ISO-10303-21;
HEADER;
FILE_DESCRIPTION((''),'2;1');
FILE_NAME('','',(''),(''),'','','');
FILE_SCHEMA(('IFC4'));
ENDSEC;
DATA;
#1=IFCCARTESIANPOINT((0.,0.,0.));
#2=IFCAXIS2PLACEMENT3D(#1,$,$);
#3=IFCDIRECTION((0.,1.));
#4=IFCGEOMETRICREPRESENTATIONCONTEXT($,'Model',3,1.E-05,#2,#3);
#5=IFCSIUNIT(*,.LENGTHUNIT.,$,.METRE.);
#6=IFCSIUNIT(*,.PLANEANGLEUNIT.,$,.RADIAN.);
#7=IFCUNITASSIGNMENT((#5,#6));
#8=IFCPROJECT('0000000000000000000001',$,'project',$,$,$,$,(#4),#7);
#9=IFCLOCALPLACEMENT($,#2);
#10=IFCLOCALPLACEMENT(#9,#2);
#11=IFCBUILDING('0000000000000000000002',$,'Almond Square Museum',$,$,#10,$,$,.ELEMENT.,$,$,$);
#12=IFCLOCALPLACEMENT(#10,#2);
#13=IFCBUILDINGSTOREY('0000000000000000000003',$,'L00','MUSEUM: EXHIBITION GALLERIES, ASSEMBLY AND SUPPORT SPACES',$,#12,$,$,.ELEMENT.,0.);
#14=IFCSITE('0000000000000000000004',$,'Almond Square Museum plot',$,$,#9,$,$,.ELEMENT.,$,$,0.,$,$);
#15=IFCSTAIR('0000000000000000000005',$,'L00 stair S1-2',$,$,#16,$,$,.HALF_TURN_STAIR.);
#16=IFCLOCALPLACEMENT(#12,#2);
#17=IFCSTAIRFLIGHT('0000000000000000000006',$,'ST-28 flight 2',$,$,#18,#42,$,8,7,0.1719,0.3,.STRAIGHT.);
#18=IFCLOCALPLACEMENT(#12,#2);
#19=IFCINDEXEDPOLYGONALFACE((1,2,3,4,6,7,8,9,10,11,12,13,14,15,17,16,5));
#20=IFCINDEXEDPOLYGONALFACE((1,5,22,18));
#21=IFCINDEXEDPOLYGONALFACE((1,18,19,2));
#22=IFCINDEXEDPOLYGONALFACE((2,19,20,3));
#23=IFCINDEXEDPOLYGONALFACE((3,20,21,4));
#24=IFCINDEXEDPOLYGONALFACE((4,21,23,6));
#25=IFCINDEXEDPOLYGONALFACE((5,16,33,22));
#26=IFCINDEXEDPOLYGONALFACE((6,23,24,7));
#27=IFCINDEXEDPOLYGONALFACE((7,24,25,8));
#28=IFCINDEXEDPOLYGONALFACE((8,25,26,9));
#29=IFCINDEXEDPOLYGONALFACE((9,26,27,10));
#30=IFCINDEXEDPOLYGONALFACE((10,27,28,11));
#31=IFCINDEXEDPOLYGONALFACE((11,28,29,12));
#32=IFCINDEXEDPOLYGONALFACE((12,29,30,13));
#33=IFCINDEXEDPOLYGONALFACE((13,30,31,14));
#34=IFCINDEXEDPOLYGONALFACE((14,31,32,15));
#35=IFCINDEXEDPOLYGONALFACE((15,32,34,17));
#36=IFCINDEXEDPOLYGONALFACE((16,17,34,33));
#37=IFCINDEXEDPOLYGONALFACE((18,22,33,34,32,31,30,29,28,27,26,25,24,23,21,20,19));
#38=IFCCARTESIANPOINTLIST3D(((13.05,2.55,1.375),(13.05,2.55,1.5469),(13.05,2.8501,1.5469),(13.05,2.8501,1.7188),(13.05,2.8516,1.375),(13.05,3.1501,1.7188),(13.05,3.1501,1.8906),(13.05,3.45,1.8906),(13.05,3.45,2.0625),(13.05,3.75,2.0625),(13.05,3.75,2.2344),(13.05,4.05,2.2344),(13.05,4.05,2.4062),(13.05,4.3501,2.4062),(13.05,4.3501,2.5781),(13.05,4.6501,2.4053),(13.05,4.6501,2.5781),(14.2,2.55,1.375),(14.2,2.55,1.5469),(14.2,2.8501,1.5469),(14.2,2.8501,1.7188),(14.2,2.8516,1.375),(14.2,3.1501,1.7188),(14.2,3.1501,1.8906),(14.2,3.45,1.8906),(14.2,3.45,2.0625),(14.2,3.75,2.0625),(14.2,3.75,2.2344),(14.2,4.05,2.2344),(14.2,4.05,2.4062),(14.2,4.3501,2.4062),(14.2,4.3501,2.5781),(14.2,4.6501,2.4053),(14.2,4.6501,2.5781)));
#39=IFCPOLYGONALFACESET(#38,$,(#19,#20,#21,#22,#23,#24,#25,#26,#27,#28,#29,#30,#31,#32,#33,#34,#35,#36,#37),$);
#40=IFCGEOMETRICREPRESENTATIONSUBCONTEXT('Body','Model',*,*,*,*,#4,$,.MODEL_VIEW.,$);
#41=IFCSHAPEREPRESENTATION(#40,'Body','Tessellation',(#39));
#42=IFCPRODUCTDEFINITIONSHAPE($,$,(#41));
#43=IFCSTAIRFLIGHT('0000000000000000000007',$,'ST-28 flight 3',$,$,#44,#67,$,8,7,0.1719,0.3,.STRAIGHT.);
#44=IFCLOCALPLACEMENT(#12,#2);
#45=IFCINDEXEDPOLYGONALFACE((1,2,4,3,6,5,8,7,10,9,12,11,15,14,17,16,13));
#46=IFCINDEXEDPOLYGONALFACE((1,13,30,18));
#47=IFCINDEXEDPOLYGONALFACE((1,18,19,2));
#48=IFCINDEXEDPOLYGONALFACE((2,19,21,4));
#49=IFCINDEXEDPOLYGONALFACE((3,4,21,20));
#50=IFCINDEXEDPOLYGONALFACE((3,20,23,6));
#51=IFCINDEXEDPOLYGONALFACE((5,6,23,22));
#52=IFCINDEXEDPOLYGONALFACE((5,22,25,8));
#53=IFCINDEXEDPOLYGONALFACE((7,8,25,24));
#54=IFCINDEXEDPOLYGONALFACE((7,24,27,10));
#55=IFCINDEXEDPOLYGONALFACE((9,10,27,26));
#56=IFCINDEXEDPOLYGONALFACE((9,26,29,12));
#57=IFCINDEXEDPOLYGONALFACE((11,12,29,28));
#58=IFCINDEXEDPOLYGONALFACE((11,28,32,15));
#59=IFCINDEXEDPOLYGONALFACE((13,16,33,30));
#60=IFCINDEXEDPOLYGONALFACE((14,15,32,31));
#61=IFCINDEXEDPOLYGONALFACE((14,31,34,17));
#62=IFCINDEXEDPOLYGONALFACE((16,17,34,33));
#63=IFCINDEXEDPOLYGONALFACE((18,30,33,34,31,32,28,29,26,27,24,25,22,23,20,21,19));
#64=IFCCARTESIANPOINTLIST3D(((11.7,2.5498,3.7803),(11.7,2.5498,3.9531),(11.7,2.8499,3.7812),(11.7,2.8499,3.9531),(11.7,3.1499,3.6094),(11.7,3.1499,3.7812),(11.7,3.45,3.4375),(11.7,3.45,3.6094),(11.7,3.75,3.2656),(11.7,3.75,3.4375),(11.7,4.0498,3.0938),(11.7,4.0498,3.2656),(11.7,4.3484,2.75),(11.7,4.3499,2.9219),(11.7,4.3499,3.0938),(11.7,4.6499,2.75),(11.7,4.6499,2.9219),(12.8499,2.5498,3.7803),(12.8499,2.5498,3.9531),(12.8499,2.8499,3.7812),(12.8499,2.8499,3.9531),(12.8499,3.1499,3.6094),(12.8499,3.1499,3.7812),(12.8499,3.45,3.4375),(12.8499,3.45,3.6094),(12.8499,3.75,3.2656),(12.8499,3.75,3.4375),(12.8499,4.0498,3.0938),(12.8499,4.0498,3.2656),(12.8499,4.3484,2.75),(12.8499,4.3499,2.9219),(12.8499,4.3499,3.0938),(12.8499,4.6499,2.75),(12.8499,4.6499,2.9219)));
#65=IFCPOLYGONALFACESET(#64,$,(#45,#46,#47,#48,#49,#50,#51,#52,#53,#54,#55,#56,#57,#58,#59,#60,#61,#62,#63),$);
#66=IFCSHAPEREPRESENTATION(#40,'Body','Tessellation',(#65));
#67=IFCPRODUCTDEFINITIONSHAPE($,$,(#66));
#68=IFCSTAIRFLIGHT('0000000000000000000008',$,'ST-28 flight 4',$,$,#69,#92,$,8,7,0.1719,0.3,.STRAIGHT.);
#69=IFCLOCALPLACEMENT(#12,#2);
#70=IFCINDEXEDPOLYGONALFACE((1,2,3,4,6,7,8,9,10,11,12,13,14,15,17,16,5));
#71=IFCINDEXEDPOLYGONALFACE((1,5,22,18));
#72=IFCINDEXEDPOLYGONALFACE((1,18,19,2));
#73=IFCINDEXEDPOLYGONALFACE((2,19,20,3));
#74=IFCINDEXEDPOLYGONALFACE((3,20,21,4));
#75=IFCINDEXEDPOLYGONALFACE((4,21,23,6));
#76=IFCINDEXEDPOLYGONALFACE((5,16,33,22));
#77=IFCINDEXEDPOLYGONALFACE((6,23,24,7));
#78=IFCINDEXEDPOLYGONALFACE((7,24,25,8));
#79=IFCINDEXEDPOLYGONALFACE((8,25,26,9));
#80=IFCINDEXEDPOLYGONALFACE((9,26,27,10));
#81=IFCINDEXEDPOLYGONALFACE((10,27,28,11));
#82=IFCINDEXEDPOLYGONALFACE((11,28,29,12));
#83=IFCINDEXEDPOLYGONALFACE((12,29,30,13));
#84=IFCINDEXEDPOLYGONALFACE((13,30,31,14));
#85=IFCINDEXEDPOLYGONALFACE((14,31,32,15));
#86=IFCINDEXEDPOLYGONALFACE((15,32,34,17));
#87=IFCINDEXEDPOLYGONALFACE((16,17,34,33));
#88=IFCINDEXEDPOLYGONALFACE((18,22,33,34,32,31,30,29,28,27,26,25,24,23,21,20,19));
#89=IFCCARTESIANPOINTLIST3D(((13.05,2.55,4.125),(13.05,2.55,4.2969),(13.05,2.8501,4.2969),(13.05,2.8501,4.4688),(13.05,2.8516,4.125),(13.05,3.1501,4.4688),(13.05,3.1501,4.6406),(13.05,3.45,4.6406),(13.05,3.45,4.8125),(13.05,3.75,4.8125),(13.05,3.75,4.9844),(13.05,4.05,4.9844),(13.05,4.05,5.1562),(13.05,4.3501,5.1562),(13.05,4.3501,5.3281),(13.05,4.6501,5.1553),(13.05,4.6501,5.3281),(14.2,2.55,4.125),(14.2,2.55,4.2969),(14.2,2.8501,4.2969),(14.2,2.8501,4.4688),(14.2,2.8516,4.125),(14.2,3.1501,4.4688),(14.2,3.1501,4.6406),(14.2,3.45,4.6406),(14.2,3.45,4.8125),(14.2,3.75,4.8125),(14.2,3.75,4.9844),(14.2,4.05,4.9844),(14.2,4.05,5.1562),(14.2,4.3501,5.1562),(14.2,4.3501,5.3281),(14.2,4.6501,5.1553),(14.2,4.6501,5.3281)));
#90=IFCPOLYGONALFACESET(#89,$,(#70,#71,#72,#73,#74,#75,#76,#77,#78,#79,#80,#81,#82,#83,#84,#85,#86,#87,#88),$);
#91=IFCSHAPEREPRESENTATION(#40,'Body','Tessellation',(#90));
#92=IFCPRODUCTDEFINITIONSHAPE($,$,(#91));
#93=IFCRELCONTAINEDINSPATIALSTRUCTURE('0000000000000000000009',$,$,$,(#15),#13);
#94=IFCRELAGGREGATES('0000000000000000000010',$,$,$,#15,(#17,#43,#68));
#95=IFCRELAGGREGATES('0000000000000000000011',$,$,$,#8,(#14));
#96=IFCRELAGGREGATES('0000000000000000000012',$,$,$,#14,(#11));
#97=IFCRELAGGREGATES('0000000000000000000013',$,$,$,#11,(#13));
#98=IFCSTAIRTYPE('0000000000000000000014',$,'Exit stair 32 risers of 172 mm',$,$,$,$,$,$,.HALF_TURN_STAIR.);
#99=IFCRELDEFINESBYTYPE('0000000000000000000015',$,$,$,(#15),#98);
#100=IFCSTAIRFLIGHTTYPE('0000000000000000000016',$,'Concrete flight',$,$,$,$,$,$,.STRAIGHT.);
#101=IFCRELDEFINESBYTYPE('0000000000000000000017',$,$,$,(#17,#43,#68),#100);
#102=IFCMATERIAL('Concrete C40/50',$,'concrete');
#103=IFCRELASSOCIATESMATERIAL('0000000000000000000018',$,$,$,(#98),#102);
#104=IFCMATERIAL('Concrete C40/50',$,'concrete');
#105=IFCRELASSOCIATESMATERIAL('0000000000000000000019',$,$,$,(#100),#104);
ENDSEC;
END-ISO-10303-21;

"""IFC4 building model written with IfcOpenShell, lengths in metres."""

from ifc_helpers import new_model, si_unit, direction, frame, origin, place, context, subcontext, project, spatial, polyline, outline, extrude, material, type_object, element, aggregate, save


model = new_model("IFC4")

# Units and contexts
model_context = context("Model", 3, precision=1e-05, world=origin(), true_north=direction((0.0, 1.0)))
body_context = subcontext(model_context, "Body", "Model", "MODEL_VIEW")
ifc_project = project(units=[si_unit("LENGTHUNIT", "METRE"), si_unit("PLANEANGLEUNIT", "RADIAN")], contexts=[model_context])

# Site, building, storey
site_placement = place(None, origin())
site = spatial("IfcSite", under=ifc_project, at=site_placement, Name="Almond Square Museum plot", CompositionType="ELEMENT", RefElevation=0.0)
building_placement = place(site_placement, origin())
building = spatial("IfcBuilding", under=site, at=building_placement, Name="Almond Square Museum", CompositionType="ELEMENT")
storey_placement = place(building_placement, origin())
storey = spatial("IfcBuildingStorey", under=building, at=storey_placement, Name="L00", Description="MUSEUM: EXHIBITION GALLERIES, ASSEMBLY AND SUPPORT SPACES", CompositionType="ELEMENT", Elevation=0.0)

# Stair, stair flights
ifc_material_1 = material(Name="Concrete C40/50", Category="concrete")
stair_type = type_object("IfcStairType", Name="Exit stair 32 risers of 172 mm", PredefinedType="HALF_TURN_STAIR", material=ifc_material_1)
stair_placement = place(storey_placement, origin())
stair = element("IfcStair", 1, at=stair_placement, inside=storey, type_object=stair_type, Name="L00 stair S1-2", PredefinedType="HALF_TURN_STAIR")
ifc_material_2 = material(Name="Concrete C40/50", Category="concrete")
stair_flight_type = type_object("IfcStairFlightType", Name="Concrete flight", PredefinedType="STRAIGHT", material=ifc_material_2)
stair_flight_1_placement = place(storey_placement, frame((13.625, 2.55, 1.375), z_axis=(0.0, 0.0, 1.0), x_axis=(0.0, 1.0, 0.0)))
stair_flight_1 = element("IfcStairFlight", 2, at=stair_flight_1_placement, type_object=stair_flight_type, Name="ST-28 flight 2", NumberOfRisers=8, NumberOfTreads=7, PredefinedType="STRAIGHT", RiserHeight=0.1719, TreadLength=0.3, context=body_context, shape_type="SweptSolid", body=[
    extrude(outline(polyline([(0.0, 0.0), (0.0, 0.1719), (0.3, 0.1719), (0.3, 0.3438), (0.6001, 0.3438), (0.6001, 0.5156), (0.8999, 0.5156), (0.8999, 0.6875), (1.2, 0.6875), (1.2, 0.8594), (1.5, 0.8594), (1.5, 1.0312), (1.8, 1.0312), (1.8, 1.2031), (2.1001, 1.2031), (2.1001, 1.375), (2.1001, 1.0303), (0.3015, 0.0), (0.0, 0.0)])), frame((0.0, 0.575, 0.0), z_axis=(0.0, -1.0, 0.0), x_axis=(1.0, 0.0, 0.0)), (0.0, 0.0, 1.0), 1.1499),
])
stair_flight_2_placement = place(storey_placement, frame((12.2749, 4.6499, 2.75), z_axis=(0.0, 0.0, 1.0), x_axis=(0.0, -1.0, 0.0)))
stair_flight_2 = element("IfcStairFlight", 3, at=stair_flight_2_placement, type_object=stair_flight_type, Name="ST-28 flight 3", NumberOfRisers=8, NumberOfTreads=7, PredefinedType="STRAIGHT", RiserHeight=0.1719, TreadLength=0.3, context=body_context, shape_type="SweptSolid", body=[
    extrude(outline(polyline([(0.0, 0.0), (0.0, 0.1719), (0.3, 0.1719), (0.3, 0.3438), (0.6001, 0.3438), (0.6001, 0.5156), (0.8999, 0.5156), (0.8999, 0.6875), (1.2, 0.6875), (1.2, 0.8594), (1.5, 0.8594), (1.5, 1.0312), (1.8, 1.0312), (1.8, 1.2031), (2.1001, 1.2031), (2.1001, 1.375), (2.1001, 1.0303), (0.3015, 0.0), (0.0, 0.0)])), frame((0.0, 0.575, 0.0), z_axis=(0.0, -1.0, 0.0), x_axis=(1.0, 0.0, 0.0)), (0.0, 0.0, 1.0), 1.1499),
])
stair_flight_3_placement = place(storey_placement, frame((13.625, 2.55, 4.125), z_axis=(0.0, 0.0, 1.0), x_axis=(0.0, 1.0, 0.0)))
stair_flight_3 = element("IfcStairFlight", 4, at=stair_flight_3_placement, type_object=stair_flight_type, Name="ST-28 flight 4", NumberOfRisers=8, NumberOfTreads=7, PredefinedType="STRAIGHT", RiserHeight=0.1719, TreadLength=0.3, context=body_context, shape_type="SweptSolid", body=[
    extrude(outline(polyline([(0.0, 0.0), (0.0, 0.1719), (0.3, 0.1719), (0.3, 0.3438), (0.6001, 0.3438), (0.6001, 0.5156), (0.8999, 0.5156), (0.8999, 0.6875), (1.2, 0.6875), (1.2, 0.8594), (1.5, 0.8594), (1.5, 1.0312), (1.8, 1.0312), (1.8, 1.2031), (2.1001, 1.2031), (2.1001, 1.375), (2.1001, 1.0303), (0.3015, 0.0), (0.0, 0.0)])), frame((0.0, 0.575, 0.0), z_axis=(0.0, -1.0, 0.0), x_axis=(1.0, 0.0, 0.0)), (0.0, 0.0, 1.0), 1.1499),
])
aggregate(stair, [stair_flight_1, stair_flight_2, stair_flight_3])

save(model, "model.ifc")
